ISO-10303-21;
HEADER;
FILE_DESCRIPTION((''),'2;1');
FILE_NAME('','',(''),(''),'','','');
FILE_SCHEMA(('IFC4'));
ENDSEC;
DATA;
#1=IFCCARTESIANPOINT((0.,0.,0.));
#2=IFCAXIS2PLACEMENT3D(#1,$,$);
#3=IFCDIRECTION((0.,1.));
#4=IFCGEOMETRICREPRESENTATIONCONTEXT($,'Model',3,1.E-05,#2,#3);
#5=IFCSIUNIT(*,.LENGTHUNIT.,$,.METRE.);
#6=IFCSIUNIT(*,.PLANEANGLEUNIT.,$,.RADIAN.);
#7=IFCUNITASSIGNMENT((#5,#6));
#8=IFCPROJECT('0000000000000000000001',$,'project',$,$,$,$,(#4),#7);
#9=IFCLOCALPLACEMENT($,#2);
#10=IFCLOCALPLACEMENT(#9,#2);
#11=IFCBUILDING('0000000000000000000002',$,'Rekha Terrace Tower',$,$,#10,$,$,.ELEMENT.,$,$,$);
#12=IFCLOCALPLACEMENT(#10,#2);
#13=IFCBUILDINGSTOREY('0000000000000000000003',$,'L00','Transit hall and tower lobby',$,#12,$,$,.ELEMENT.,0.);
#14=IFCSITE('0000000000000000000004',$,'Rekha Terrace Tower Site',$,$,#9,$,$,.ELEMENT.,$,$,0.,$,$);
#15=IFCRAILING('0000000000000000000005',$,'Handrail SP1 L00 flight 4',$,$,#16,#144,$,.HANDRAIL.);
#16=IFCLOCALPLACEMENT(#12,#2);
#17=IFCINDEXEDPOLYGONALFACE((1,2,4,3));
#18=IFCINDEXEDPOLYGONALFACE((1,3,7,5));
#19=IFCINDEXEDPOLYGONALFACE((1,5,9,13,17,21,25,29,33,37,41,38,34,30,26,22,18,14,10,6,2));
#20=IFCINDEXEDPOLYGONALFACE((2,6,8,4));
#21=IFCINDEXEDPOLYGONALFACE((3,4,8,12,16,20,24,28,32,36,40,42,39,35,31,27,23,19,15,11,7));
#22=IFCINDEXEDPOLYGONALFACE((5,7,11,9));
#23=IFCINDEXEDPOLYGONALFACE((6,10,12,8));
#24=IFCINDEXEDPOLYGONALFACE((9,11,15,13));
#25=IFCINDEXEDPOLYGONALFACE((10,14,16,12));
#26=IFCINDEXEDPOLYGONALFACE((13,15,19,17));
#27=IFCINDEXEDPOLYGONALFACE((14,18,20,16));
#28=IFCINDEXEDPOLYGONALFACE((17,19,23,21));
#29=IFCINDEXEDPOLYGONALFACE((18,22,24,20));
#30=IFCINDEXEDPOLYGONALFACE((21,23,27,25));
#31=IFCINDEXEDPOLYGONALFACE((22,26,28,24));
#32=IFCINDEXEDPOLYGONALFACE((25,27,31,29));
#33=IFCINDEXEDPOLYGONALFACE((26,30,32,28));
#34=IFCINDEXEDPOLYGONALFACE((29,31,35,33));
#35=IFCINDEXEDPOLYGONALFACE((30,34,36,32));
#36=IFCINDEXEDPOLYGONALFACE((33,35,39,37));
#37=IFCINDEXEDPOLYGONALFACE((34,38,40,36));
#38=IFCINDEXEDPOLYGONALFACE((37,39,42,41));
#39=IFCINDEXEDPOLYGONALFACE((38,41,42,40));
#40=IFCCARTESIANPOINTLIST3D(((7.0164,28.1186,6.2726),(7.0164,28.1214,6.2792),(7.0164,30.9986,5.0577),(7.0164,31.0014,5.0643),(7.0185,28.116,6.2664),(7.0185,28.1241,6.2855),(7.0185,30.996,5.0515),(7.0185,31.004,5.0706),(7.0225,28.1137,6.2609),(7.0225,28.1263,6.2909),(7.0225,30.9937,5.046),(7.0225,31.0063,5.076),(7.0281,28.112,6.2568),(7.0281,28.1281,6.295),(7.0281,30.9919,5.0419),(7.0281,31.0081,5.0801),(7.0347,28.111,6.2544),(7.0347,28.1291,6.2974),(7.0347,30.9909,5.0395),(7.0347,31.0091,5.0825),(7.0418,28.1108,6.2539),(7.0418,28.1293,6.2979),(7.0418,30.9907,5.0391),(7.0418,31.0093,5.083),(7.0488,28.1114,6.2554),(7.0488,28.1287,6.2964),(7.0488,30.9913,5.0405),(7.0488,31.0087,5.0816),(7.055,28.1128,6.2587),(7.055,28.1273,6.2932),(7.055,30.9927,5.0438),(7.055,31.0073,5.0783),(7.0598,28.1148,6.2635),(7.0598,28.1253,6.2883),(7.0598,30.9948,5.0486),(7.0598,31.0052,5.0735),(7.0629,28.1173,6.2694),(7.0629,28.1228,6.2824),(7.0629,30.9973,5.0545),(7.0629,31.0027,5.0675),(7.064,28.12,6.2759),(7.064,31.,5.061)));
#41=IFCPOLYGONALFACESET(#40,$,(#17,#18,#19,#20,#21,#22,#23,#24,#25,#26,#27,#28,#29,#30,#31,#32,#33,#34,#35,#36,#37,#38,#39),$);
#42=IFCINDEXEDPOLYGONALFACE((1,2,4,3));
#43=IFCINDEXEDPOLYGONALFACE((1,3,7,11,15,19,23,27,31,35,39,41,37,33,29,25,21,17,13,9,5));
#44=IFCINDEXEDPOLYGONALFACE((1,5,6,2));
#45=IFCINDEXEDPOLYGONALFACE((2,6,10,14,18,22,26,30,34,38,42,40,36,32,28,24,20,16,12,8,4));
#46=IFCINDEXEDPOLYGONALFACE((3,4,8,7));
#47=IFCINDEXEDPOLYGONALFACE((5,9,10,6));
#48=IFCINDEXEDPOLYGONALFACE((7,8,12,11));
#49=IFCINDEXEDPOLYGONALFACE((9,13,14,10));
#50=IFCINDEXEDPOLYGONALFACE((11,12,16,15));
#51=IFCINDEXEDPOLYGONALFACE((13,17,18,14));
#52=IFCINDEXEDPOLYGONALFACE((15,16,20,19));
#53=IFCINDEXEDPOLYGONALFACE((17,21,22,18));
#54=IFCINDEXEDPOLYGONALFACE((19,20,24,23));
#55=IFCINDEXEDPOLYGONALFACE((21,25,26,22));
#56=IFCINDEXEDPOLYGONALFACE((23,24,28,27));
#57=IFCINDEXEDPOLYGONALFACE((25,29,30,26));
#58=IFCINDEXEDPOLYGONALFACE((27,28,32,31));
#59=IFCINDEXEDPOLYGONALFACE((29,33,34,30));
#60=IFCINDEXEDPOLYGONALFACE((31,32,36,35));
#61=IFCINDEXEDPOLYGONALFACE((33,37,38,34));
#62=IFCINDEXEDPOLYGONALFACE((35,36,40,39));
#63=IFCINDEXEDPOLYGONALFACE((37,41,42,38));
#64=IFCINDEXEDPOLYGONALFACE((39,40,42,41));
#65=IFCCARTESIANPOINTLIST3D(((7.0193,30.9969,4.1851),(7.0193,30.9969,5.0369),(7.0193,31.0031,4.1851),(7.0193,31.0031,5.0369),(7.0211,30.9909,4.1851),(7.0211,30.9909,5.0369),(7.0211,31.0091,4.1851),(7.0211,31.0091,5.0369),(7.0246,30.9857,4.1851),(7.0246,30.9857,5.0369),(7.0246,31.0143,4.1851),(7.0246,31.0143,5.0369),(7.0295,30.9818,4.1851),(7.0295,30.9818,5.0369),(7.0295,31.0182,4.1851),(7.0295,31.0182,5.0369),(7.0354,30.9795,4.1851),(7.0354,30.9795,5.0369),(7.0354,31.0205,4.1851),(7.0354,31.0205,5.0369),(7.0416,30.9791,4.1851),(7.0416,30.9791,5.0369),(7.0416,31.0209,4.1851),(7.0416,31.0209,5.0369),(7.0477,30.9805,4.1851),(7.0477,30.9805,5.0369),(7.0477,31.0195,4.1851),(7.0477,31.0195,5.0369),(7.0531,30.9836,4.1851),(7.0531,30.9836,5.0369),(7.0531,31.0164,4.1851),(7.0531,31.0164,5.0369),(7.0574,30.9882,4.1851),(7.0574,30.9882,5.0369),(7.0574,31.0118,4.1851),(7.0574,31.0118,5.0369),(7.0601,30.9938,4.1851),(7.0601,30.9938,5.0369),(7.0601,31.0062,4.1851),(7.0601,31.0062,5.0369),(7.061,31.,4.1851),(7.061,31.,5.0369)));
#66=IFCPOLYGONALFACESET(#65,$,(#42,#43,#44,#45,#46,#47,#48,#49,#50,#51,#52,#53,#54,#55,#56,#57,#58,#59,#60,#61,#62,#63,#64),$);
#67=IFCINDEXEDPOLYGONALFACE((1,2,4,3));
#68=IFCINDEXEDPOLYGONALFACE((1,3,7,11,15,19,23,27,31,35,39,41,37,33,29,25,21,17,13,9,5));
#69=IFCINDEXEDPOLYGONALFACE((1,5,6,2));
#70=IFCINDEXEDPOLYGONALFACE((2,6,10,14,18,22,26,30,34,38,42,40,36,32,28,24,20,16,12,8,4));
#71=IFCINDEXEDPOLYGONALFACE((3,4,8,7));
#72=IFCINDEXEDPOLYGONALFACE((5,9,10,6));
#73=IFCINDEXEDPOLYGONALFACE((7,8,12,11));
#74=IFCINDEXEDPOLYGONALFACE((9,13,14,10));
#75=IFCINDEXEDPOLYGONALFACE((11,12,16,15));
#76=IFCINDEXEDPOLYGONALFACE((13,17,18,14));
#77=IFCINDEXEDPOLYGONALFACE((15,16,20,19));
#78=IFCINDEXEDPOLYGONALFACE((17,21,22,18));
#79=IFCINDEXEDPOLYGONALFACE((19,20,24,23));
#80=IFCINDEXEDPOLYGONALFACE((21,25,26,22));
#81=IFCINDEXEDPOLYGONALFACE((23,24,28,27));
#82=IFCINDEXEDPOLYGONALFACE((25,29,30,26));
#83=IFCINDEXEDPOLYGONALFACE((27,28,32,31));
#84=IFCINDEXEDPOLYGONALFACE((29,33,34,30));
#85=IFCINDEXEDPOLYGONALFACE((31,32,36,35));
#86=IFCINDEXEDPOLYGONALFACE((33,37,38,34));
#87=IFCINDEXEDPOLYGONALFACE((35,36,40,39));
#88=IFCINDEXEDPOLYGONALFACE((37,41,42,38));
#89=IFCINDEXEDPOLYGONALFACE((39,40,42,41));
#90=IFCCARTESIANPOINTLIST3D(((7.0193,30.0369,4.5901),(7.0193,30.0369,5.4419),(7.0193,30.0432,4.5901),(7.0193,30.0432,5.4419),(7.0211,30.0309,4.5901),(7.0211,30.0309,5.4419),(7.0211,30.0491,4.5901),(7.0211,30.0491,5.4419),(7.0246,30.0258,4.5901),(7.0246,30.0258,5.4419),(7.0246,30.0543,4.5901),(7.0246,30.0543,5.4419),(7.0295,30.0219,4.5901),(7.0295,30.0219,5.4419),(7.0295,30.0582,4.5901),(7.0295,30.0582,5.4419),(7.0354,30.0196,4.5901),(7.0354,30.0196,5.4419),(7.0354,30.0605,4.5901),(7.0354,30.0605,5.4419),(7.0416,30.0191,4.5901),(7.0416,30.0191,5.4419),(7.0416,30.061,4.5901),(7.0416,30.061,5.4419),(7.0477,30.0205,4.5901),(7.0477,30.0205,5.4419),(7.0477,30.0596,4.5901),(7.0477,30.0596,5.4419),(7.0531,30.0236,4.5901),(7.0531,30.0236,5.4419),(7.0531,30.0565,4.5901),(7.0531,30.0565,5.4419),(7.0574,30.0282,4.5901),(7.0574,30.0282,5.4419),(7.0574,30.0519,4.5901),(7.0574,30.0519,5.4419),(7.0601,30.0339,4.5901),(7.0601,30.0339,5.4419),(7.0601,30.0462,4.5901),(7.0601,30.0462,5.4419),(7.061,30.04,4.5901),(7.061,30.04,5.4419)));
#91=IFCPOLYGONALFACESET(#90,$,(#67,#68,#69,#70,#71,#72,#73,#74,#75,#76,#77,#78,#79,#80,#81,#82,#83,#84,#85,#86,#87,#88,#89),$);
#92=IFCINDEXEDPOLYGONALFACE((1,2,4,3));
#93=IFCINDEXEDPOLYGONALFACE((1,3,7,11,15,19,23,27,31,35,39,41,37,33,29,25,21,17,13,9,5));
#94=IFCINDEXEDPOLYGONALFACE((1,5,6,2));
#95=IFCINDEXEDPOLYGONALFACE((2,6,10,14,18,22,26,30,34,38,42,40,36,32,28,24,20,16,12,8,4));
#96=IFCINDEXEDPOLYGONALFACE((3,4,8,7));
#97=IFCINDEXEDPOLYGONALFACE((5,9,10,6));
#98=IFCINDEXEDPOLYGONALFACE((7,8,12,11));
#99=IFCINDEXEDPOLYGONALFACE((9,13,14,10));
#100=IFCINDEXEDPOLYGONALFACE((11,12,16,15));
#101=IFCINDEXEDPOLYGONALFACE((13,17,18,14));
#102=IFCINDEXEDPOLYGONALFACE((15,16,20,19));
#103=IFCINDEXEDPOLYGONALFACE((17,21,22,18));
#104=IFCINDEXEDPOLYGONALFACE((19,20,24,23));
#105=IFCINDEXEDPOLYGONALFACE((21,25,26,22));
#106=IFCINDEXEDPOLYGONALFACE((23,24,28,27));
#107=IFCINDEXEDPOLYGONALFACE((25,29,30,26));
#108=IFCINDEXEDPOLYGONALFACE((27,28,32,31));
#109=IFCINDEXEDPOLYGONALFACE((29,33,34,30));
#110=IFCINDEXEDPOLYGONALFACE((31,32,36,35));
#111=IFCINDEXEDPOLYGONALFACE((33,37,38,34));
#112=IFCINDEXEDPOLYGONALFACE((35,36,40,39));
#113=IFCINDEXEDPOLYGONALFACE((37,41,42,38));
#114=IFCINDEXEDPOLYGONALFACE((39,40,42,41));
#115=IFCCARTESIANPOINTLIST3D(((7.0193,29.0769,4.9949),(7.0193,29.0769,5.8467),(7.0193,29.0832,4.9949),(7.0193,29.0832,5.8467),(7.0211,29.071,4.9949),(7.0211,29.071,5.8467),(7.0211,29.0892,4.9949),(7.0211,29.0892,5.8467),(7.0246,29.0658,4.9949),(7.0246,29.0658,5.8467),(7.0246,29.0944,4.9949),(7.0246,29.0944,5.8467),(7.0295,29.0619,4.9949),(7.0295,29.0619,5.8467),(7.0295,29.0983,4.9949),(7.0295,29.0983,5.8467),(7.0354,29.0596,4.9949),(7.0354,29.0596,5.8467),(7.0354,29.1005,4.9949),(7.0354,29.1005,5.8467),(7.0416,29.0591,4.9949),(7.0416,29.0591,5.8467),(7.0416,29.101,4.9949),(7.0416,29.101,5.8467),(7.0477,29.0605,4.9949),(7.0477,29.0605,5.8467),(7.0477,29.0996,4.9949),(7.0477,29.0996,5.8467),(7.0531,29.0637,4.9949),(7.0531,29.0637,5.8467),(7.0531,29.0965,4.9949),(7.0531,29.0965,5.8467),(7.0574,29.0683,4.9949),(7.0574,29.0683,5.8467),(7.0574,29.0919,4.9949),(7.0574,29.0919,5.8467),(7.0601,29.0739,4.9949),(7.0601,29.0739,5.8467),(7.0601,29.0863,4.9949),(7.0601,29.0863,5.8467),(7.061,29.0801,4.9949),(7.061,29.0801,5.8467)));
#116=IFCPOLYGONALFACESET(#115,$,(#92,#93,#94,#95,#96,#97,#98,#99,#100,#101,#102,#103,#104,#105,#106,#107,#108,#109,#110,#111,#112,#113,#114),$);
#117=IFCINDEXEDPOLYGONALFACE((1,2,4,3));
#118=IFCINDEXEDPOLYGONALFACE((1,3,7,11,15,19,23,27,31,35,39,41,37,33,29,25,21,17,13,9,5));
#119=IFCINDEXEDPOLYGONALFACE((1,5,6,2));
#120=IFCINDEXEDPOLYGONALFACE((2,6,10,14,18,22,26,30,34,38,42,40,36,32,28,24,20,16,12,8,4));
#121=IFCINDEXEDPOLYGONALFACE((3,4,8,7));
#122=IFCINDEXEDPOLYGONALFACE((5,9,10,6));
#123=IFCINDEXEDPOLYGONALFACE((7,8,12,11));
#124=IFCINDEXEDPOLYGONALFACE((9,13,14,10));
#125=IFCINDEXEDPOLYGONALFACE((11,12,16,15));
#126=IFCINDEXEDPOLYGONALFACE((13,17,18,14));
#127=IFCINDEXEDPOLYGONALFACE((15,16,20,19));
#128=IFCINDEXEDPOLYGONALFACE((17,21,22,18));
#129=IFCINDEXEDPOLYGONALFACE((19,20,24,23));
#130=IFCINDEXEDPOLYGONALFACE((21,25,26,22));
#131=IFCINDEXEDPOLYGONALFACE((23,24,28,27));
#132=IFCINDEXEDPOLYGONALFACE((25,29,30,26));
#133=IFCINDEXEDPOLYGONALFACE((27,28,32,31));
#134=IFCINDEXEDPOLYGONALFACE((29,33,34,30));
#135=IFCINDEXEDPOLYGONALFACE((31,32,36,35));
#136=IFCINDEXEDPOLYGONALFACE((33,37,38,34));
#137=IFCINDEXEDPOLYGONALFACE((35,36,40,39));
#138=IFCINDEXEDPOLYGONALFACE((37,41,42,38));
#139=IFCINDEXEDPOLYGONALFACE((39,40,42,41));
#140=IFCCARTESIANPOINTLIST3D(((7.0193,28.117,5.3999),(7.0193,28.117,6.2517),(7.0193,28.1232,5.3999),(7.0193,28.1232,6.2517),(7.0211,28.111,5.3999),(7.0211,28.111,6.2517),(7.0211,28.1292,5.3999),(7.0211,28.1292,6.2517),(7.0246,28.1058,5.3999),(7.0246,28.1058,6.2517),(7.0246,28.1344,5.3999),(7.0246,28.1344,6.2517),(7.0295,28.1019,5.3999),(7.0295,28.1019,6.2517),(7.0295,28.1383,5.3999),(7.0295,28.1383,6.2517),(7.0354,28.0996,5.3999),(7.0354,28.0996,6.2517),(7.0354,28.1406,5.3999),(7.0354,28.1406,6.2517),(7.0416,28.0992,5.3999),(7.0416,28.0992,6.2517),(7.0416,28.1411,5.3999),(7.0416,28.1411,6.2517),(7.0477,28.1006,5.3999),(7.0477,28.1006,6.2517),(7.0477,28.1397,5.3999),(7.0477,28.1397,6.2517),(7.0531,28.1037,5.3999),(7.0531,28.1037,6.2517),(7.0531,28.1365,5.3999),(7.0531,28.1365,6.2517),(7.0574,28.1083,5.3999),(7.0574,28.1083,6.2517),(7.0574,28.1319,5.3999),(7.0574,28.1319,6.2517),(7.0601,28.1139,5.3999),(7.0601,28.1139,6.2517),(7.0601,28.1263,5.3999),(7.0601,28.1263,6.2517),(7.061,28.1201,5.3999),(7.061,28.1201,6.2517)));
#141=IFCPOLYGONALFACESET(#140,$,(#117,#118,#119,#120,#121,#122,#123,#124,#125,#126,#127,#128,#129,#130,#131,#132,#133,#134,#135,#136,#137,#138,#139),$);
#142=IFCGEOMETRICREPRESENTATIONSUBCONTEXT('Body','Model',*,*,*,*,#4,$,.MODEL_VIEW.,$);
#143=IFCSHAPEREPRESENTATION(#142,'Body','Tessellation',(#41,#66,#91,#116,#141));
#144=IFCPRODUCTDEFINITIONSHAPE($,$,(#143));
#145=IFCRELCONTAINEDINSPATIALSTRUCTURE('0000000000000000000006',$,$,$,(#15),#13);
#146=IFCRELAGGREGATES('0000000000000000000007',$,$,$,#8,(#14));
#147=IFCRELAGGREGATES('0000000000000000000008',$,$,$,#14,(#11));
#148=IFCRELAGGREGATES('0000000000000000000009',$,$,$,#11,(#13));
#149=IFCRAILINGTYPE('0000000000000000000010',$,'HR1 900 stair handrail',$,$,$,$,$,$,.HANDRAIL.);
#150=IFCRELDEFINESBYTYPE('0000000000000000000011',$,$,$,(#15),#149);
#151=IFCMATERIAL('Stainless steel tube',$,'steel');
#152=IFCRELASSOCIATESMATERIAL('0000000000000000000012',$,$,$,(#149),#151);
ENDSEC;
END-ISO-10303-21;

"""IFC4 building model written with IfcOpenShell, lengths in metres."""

from ifc_helpers import new_model, si_unit, direction, frame, origin, origin_2d, place, context, subcontext, project, spatial, circle, extrude, material, type_object, element, save


model = new_model("IFC4")

# Units and contexts
model_context = context("Model", 3, precision=1e-05, world=origin(), true_north=direction((0.0, 1.0)))
body_context = subcontext(model_context, "Body", "Model", "MODEL_VIEW")
ifc_project = project(units=[si_unit("LENGTHUNIT", "METRE"), si_unit("PLANEANGLEUNIT", "RADIAN")], contexts=[model_context])

# Site, building, storey
site_placement = place(None, origin())
site = spatial("IfcSite", under=ifc_project, at=site_placement, Name="Rekha Terrace Tower Site", CompositionType="ELEMENT", RefElevation=0.0)
building_placement = place(site_placement, origin())
building = spatial("IfcBuilding", under=site, at=building_placement, Name="Rekha Terrace Tower", CompositionType="ELEMENT")
storey_placement = place(building_placement, origin())
storey = spatial("IfcBuildingStorey", under=building, at=storey_placement, Name="L00", Description="Transit hall and tower lobby", CompositionType="ELEMENT", Elevation=0.0)

# Railing
ifc_material_1 = material(Name="Stainless steel tube", Category="steel")
railing_type_1 = type_object("IfcRailingType", Name="HR1 900 stair handrail", PredefinedType="HANDRAIL", material=ifc_material_1)
railing_1_placement = place(storey_placement, frame((7.04, 31.0, 4.1851)))
element("IfcRailing", 1, at=railing_1_placement, inside=storey, type_object=railing_type_1, Name="Handrail SP1 L00 flight 4", PredefinedType="HANDRAIL", context=body_context, shape_type="SweptSolid", body=[
    extrude(circle(Radius=0.0239, at=origin_2d()), frame((0.0, 0.0, 0.876), z_axis=(0.0, -0.921376, 0.388671), x_axis=(1.0, 0.0, 0.0)), (0.0, 0.0, 1.0), 3.1257),
    extrude(circle(Radius=0.021, at=origin_2d()), origin(), (0.0, 0.0, 1.0), 0.8518),
    extrude(circle(Radius=0.021, at=origin_2d()), frame((0.0, -0.96, 0.405)), (0.0, 0.0, 1.0), 0.8518),
    extrude(circle(Radius=0.021, at=origin_2d()), frame((0.0, -1.9199, 0.8098)), (0.0, 0.0, 1.0), 0.8518),
    extrude(circle(Radius=0.021, at=origin_2d()), frame((0.0, -2.8799, 1.2148)), (0.0, 0.0, 1.0), 0.8518),
])

save(model, "model.ifc")
